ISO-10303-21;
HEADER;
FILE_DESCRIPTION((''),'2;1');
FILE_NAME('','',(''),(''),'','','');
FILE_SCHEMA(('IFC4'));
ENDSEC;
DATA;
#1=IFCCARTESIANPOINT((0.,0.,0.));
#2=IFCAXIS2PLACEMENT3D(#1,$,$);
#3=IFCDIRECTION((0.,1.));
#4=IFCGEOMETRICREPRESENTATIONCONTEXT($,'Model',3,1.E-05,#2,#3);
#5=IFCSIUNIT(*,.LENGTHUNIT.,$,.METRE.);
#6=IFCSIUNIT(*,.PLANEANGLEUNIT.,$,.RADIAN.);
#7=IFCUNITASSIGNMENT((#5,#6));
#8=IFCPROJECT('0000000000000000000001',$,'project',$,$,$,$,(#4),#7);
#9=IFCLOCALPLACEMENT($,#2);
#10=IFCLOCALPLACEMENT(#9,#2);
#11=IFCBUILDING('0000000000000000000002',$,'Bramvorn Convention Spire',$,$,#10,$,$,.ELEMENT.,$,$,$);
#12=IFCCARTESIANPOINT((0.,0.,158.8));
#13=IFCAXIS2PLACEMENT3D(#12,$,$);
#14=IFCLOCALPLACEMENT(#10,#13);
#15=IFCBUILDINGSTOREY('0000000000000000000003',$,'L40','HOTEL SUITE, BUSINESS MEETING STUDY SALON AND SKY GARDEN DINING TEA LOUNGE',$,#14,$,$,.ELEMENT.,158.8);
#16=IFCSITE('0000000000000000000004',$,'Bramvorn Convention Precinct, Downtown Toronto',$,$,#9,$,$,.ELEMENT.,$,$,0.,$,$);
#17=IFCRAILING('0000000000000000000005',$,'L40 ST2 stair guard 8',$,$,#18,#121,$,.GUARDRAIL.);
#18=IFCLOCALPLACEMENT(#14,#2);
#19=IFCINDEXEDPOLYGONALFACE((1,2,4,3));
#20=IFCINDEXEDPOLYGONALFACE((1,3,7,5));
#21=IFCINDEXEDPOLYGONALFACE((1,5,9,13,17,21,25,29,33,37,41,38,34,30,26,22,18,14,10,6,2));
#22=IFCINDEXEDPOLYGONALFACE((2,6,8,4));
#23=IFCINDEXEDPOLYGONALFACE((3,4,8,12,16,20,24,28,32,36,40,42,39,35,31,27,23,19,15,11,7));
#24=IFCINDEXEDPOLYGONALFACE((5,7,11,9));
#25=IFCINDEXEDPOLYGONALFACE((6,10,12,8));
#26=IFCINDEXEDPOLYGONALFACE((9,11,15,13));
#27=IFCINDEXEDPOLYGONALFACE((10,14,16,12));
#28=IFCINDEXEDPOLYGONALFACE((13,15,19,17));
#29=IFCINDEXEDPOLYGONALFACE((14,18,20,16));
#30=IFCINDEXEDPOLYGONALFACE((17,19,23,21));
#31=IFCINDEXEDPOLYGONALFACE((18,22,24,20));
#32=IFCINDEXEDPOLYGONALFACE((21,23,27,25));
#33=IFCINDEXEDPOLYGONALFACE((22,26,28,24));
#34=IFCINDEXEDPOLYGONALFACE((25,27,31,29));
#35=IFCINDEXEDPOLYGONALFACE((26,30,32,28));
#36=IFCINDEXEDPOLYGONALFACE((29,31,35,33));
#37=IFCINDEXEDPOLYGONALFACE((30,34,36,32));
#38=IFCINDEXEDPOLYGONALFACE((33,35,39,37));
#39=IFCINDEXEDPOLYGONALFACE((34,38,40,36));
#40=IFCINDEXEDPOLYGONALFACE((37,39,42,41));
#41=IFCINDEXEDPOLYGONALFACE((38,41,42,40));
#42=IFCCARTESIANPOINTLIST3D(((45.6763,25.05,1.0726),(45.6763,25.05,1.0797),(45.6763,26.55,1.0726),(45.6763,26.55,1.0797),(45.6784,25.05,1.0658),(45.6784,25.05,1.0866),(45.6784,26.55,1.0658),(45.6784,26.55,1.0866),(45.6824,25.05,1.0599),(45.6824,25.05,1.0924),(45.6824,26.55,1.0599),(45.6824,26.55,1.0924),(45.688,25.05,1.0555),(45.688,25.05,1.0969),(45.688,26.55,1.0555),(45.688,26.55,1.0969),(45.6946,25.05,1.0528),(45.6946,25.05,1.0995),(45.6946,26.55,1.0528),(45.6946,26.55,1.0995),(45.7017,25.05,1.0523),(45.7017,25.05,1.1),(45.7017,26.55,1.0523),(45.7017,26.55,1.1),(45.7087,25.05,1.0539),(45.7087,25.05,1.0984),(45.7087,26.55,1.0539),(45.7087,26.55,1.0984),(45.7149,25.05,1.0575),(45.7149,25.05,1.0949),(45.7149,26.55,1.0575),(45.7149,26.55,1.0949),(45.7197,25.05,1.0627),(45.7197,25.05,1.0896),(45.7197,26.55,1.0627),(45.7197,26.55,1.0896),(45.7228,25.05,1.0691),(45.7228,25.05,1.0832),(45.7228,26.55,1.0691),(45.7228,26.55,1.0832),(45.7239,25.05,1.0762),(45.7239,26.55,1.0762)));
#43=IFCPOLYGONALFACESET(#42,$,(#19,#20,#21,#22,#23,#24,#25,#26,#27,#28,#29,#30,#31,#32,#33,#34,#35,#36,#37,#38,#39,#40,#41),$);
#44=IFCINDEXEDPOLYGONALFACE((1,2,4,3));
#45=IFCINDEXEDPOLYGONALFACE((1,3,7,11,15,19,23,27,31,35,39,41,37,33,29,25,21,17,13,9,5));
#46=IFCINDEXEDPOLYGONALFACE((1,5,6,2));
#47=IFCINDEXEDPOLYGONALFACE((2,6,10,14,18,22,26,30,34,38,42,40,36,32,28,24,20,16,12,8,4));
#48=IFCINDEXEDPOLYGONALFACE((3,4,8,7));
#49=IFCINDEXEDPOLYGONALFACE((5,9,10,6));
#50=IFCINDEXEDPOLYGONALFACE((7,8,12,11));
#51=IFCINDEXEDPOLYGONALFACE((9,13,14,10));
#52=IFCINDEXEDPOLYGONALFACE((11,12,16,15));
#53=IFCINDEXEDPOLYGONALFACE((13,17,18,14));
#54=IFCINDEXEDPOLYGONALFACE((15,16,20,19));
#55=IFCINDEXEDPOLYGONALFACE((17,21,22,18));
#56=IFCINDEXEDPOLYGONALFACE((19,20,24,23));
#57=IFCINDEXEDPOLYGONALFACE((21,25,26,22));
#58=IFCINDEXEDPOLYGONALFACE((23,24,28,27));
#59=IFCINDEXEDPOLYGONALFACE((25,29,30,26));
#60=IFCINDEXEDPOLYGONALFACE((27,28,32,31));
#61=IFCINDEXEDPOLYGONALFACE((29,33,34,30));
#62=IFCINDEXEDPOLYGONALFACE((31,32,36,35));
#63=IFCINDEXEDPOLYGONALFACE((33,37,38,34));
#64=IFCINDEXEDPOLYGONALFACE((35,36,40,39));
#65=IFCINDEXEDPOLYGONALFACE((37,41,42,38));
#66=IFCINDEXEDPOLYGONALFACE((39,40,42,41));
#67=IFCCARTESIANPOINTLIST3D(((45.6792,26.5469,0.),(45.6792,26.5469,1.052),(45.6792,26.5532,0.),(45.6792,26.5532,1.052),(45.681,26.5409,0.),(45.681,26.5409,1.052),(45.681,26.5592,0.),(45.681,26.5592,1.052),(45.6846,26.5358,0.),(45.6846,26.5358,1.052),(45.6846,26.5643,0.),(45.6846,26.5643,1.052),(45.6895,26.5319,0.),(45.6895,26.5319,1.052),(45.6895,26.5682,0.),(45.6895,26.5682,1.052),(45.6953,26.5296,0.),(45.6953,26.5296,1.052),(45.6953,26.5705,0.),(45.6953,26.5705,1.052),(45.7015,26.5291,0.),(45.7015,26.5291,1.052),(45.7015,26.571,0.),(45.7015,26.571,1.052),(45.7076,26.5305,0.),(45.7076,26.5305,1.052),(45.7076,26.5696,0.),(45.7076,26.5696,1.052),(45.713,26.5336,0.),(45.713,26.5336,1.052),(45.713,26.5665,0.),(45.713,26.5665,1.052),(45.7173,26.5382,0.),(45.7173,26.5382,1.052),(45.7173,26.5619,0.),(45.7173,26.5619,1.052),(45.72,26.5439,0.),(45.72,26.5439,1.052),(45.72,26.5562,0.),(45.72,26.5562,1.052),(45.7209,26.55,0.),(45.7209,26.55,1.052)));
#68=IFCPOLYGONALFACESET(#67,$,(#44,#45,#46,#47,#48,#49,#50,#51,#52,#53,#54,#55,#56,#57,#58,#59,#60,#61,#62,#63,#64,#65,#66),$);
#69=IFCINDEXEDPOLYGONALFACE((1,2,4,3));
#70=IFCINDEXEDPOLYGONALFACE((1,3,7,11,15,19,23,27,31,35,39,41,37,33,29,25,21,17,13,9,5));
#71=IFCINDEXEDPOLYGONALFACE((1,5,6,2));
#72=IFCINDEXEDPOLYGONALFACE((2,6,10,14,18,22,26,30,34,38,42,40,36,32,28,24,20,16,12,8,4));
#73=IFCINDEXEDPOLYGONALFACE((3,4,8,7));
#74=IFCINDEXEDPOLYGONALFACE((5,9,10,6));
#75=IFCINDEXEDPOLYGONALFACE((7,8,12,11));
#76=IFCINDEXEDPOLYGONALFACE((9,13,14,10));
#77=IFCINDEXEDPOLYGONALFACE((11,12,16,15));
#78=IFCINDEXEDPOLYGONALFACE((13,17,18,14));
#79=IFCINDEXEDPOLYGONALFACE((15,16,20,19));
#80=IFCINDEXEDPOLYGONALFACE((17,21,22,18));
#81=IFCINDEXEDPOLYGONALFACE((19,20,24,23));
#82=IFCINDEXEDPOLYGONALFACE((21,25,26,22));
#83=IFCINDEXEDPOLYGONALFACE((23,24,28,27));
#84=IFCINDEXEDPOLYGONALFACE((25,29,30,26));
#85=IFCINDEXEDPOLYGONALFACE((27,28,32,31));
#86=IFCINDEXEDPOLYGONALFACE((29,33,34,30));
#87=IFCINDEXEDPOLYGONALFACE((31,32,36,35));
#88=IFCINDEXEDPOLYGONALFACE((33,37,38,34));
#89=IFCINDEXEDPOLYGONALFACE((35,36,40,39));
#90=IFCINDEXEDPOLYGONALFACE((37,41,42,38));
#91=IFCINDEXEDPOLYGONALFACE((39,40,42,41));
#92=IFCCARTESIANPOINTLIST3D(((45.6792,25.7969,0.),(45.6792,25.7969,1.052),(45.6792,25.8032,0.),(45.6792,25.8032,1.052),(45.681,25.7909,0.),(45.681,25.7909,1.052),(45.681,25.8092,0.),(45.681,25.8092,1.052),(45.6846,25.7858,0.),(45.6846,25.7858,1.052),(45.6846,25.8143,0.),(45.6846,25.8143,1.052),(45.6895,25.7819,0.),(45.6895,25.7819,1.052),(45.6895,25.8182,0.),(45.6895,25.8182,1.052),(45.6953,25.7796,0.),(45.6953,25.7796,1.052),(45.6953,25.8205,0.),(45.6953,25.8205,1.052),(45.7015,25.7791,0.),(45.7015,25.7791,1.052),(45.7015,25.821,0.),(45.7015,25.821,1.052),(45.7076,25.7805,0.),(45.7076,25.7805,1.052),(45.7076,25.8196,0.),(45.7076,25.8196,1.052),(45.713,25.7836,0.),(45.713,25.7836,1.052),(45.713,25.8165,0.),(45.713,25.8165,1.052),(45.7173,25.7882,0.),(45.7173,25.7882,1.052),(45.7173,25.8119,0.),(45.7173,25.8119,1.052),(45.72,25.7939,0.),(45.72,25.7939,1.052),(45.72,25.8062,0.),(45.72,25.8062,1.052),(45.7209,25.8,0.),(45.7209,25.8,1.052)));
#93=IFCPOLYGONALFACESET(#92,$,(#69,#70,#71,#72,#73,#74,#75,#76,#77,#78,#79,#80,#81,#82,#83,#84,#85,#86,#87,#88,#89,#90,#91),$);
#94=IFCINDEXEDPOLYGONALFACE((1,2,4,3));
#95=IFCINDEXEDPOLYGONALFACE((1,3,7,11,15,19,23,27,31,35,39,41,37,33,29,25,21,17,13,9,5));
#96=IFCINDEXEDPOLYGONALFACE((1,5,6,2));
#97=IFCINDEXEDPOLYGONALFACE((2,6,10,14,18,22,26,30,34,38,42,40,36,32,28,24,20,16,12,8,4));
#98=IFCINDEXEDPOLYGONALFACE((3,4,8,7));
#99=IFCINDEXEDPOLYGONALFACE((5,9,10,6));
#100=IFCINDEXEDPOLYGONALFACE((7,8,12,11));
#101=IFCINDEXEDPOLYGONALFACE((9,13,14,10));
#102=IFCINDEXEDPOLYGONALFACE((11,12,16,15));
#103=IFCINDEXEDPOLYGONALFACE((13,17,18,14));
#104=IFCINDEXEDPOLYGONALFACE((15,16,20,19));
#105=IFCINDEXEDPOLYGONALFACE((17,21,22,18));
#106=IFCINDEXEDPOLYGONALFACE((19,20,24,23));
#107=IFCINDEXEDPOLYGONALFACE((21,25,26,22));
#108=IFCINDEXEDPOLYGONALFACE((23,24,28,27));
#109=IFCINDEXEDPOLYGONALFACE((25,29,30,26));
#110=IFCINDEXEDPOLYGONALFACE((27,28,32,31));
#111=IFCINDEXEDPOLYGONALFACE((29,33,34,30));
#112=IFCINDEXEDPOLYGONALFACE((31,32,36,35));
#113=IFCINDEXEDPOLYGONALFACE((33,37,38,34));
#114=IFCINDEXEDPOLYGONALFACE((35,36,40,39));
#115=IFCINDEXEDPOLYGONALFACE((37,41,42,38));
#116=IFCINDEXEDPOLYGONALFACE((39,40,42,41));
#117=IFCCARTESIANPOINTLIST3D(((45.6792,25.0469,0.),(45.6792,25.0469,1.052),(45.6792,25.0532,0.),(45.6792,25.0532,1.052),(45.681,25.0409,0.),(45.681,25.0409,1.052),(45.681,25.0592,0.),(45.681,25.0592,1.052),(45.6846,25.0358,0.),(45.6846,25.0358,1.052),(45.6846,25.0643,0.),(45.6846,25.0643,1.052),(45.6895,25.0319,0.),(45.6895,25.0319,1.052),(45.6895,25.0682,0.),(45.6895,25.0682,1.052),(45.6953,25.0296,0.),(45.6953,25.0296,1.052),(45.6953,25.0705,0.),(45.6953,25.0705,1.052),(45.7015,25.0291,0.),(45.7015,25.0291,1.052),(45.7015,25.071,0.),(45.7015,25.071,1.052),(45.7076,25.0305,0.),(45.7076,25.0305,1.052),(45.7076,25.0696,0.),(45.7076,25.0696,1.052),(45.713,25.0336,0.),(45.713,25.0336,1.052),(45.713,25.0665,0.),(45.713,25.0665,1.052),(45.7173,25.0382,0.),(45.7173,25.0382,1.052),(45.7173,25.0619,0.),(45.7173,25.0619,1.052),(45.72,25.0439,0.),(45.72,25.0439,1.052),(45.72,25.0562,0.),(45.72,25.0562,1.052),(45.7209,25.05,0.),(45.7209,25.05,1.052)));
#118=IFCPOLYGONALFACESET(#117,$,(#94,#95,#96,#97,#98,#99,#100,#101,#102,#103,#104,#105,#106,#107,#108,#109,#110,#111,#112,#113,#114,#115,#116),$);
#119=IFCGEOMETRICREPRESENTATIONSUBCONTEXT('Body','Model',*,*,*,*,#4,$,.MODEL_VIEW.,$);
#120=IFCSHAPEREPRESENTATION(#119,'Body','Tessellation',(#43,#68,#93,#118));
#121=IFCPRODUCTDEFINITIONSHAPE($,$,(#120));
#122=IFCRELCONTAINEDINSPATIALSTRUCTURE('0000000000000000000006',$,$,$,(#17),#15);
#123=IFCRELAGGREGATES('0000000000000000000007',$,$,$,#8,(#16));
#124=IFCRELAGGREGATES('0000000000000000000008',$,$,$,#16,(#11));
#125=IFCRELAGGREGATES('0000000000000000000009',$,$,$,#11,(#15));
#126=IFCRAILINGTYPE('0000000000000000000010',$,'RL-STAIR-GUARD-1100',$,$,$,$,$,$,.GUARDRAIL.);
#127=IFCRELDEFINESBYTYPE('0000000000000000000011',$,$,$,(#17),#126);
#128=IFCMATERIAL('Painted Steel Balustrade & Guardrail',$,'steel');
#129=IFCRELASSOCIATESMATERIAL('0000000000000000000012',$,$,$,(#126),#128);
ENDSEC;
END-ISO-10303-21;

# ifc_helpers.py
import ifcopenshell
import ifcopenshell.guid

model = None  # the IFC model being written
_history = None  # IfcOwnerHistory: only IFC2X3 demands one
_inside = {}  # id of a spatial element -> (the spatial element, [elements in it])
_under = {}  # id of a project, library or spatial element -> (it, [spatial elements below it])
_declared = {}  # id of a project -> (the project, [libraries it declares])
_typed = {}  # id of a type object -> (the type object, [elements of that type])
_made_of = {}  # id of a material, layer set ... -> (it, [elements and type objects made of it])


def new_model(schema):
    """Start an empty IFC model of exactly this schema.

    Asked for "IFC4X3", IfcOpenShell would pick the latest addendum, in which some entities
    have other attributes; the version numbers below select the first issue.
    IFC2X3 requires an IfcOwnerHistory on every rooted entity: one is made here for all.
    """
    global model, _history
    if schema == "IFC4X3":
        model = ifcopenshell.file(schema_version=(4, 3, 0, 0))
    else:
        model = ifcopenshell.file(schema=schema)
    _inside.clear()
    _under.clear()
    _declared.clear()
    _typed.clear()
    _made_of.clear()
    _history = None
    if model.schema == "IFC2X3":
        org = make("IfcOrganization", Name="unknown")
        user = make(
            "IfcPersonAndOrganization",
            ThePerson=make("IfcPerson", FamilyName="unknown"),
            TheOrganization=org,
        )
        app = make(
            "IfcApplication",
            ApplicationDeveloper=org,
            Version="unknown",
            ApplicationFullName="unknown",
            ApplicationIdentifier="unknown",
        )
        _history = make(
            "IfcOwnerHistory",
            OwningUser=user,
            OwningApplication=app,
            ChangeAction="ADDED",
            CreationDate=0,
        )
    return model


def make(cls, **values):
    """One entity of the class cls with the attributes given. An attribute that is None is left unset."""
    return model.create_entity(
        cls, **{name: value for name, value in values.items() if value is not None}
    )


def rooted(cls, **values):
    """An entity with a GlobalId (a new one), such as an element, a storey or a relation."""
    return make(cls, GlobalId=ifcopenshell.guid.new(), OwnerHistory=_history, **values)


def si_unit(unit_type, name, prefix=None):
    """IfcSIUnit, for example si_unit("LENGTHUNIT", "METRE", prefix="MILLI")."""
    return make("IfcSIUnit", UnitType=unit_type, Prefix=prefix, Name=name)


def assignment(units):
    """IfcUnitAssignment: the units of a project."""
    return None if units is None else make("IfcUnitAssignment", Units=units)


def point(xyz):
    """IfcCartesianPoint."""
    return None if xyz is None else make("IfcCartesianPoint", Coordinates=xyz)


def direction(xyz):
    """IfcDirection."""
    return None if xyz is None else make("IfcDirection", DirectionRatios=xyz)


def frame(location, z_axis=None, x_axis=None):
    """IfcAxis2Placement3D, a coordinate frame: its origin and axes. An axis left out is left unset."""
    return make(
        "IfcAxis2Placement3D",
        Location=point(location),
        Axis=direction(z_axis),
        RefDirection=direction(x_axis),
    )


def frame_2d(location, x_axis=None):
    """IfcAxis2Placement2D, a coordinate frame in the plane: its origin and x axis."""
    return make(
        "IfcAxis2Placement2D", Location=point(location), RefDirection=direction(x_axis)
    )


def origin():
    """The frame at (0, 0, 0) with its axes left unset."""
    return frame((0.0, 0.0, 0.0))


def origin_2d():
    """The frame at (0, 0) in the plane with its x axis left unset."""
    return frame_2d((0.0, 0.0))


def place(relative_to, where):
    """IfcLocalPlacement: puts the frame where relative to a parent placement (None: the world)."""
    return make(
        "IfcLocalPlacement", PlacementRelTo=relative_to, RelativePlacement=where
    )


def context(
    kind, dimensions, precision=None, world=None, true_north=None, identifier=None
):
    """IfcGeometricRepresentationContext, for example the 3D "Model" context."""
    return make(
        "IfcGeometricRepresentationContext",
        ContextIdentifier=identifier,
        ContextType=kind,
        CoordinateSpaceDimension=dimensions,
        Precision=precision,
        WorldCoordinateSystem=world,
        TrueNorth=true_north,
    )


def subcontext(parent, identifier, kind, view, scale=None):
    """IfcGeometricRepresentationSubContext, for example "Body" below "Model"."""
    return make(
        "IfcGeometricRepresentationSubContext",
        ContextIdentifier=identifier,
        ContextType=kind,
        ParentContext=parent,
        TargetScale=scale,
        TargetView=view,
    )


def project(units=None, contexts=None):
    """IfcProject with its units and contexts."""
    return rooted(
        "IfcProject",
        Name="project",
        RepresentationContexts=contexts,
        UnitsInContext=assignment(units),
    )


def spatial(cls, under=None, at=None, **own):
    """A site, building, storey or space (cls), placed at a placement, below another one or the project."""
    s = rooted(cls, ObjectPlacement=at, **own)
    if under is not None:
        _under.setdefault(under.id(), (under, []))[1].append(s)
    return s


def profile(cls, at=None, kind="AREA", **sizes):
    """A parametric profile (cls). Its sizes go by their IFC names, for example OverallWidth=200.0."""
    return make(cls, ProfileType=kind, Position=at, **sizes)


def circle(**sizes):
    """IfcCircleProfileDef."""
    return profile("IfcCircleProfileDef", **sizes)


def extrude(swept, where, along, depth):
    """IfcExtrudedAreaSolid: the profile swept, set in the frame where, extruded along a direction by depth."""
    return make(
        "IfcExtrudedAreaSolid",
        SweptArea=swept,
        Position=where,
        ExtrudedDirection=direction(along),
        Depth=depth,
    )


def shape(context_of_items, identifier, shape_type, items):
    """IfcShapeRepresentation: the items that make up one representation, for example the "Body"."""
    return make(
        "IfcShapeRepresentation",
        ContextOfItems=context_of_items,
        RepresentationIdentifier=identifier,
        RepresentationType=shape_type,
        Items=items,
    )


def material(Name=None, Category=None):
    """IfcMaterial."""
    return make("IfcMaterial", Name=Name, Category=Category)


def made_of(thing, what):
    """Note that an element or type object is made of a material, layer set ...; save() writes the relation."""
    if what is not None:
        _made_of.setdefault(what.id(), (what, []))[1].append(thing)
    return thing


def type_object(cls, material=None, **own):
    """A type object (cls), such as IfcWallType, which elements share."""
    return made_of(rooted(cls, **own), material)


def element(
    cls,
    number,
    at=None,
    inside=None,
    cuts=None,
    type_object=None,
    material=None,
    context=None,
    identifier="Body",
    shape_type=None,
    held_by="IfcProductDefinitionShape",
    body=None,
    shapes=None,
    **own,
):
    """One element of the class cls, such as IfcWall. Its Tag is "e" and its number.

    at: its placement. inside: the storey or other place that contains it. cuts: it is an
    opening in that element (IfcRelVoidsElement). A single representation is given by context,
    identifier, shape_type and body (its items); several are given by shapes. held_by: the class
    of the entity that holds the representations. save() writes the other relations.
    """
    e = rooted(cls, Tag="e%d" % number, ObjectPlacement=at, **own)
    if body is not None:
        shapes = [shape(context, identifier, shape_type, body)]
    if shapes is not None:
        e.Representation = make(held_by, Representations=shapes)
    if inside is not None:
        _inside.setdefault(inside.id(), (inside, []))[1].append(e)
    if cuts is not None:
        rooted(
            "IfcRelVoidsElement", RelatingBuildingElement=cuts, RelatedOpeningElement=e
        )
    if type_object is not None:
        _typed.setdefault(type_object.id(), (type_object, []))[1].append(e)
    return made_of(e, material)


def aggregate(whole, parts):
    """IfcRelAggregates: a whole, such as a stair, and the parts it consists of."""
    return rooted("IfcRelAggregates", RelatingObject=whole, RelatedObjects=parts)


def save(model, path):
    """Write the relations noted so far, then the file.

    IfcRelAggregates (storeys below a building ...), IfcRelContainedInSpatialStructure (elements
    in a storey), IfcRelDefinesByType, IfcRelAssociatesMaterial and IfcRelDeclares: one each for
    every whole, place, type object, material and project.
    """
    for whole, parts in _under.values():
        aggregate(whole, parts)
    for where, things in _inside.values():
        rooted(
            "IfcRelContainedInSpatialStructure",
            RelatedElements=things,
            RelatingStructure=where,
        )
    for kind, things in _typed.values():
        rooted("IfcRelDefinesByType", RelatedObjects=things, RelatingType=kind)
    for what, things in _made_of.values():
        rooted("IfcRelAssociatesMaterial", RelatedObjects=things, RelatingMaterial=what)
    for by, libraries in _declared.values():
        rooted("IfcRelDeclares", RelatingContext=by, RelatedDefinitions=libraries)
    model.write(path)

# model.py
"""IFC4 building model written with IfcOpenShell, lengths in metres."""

from ifc_helpers import new_model, si_unit, direction, frame, origin, origin_2d, place, context, subcontext, project, spatial, circle, extrude, material, type_object, element, save


model = new_model("IFC4")

# Units and contexts
model_context = context("Model", 3, precision=1e-05, world=origin(), true_north=direction((0.0, 1.0)))
body_context = subcontext(model_context, "Body", "Model", "MODEL_VIEW")
ifc_project = project(units=[si_unit("LENGTHUNIT", "METRE"), si_unit("PLANEANGLEUNIT", "RADIAN")], contexts=[model_context])

# Site, building, storey
site_placement = place(None, origin())
site = spatial("IfcSite", under=ifc_project, at=site_placement, Name="Bramvorn Convention Precinct, Downtown Toronto", CompositionType="ELEMENT", RefElevation=0.0)
building_placement = place(site_placement, origin())
building = spatial("IfcBuilding", under=site, at=building_placement, Name="Bramvorn Convention Spire", CompositionType="ELEMENT")
storey_placement = place(building_placement, frame((0.0, 0.0, 158.8)))
storey = spatial("IfcBuildingStorey", under=building, at=storey_placement, Name="L40", Description="HOTEL SUITE, BUSINESS MEETING STUDY SALON AND SKY GARDEN DINING TEA LOUNGE", CompositionType="ELEMENT", Elevation=158.8)

# Railing
ifc_material_1 = material(Name="Painted Steel Balustrade & Guardrail", Category="steel")
railing_type_1 = type_object("IfcRailingType", Name="RL-STAIR-GUARD-1100", PredefinedType="GUARDRAIL", material=ifc_material_1)
railing_1_placement = place(storey_placement, frame((45.7, 26.55, 0.0)))
element("IfcRailing", 1, at=railing_1_placement, inside=storey, type_object=railing_type_1, Name="L40 ST2 stair guard 8", PredefinedType="GUARDRAIL", context=body_context, shape_type="SweptSolid", body=[
    extrude(circle(Radius=0.0239, at=origin_2d()), frame((0.0, 0.0, 1.0762), z_axis=(0.0, -1.0, 0.0), x_axis=(1.0, 0.0, 0.0)), (0.0, 0.0, 1.0), 1.5),
    extrude(circle(Radius=0.021, at=origin_2d()), origin(), (0.0, 0.0, 1.0), 1.052),
    extrude(circle(Radius=0.021, at=origin_2d()), frame((0.0, -0.75, 0.0)), (0.0, 0.0, 1.0), 1.052),
    extrude(circle(Radius=0.021, at=origin_2d()), frame((0.0, -1.5, 0.0)), (0.0, 0.0, 1.0), 1.052),
])

save(model, "model.ifc")
